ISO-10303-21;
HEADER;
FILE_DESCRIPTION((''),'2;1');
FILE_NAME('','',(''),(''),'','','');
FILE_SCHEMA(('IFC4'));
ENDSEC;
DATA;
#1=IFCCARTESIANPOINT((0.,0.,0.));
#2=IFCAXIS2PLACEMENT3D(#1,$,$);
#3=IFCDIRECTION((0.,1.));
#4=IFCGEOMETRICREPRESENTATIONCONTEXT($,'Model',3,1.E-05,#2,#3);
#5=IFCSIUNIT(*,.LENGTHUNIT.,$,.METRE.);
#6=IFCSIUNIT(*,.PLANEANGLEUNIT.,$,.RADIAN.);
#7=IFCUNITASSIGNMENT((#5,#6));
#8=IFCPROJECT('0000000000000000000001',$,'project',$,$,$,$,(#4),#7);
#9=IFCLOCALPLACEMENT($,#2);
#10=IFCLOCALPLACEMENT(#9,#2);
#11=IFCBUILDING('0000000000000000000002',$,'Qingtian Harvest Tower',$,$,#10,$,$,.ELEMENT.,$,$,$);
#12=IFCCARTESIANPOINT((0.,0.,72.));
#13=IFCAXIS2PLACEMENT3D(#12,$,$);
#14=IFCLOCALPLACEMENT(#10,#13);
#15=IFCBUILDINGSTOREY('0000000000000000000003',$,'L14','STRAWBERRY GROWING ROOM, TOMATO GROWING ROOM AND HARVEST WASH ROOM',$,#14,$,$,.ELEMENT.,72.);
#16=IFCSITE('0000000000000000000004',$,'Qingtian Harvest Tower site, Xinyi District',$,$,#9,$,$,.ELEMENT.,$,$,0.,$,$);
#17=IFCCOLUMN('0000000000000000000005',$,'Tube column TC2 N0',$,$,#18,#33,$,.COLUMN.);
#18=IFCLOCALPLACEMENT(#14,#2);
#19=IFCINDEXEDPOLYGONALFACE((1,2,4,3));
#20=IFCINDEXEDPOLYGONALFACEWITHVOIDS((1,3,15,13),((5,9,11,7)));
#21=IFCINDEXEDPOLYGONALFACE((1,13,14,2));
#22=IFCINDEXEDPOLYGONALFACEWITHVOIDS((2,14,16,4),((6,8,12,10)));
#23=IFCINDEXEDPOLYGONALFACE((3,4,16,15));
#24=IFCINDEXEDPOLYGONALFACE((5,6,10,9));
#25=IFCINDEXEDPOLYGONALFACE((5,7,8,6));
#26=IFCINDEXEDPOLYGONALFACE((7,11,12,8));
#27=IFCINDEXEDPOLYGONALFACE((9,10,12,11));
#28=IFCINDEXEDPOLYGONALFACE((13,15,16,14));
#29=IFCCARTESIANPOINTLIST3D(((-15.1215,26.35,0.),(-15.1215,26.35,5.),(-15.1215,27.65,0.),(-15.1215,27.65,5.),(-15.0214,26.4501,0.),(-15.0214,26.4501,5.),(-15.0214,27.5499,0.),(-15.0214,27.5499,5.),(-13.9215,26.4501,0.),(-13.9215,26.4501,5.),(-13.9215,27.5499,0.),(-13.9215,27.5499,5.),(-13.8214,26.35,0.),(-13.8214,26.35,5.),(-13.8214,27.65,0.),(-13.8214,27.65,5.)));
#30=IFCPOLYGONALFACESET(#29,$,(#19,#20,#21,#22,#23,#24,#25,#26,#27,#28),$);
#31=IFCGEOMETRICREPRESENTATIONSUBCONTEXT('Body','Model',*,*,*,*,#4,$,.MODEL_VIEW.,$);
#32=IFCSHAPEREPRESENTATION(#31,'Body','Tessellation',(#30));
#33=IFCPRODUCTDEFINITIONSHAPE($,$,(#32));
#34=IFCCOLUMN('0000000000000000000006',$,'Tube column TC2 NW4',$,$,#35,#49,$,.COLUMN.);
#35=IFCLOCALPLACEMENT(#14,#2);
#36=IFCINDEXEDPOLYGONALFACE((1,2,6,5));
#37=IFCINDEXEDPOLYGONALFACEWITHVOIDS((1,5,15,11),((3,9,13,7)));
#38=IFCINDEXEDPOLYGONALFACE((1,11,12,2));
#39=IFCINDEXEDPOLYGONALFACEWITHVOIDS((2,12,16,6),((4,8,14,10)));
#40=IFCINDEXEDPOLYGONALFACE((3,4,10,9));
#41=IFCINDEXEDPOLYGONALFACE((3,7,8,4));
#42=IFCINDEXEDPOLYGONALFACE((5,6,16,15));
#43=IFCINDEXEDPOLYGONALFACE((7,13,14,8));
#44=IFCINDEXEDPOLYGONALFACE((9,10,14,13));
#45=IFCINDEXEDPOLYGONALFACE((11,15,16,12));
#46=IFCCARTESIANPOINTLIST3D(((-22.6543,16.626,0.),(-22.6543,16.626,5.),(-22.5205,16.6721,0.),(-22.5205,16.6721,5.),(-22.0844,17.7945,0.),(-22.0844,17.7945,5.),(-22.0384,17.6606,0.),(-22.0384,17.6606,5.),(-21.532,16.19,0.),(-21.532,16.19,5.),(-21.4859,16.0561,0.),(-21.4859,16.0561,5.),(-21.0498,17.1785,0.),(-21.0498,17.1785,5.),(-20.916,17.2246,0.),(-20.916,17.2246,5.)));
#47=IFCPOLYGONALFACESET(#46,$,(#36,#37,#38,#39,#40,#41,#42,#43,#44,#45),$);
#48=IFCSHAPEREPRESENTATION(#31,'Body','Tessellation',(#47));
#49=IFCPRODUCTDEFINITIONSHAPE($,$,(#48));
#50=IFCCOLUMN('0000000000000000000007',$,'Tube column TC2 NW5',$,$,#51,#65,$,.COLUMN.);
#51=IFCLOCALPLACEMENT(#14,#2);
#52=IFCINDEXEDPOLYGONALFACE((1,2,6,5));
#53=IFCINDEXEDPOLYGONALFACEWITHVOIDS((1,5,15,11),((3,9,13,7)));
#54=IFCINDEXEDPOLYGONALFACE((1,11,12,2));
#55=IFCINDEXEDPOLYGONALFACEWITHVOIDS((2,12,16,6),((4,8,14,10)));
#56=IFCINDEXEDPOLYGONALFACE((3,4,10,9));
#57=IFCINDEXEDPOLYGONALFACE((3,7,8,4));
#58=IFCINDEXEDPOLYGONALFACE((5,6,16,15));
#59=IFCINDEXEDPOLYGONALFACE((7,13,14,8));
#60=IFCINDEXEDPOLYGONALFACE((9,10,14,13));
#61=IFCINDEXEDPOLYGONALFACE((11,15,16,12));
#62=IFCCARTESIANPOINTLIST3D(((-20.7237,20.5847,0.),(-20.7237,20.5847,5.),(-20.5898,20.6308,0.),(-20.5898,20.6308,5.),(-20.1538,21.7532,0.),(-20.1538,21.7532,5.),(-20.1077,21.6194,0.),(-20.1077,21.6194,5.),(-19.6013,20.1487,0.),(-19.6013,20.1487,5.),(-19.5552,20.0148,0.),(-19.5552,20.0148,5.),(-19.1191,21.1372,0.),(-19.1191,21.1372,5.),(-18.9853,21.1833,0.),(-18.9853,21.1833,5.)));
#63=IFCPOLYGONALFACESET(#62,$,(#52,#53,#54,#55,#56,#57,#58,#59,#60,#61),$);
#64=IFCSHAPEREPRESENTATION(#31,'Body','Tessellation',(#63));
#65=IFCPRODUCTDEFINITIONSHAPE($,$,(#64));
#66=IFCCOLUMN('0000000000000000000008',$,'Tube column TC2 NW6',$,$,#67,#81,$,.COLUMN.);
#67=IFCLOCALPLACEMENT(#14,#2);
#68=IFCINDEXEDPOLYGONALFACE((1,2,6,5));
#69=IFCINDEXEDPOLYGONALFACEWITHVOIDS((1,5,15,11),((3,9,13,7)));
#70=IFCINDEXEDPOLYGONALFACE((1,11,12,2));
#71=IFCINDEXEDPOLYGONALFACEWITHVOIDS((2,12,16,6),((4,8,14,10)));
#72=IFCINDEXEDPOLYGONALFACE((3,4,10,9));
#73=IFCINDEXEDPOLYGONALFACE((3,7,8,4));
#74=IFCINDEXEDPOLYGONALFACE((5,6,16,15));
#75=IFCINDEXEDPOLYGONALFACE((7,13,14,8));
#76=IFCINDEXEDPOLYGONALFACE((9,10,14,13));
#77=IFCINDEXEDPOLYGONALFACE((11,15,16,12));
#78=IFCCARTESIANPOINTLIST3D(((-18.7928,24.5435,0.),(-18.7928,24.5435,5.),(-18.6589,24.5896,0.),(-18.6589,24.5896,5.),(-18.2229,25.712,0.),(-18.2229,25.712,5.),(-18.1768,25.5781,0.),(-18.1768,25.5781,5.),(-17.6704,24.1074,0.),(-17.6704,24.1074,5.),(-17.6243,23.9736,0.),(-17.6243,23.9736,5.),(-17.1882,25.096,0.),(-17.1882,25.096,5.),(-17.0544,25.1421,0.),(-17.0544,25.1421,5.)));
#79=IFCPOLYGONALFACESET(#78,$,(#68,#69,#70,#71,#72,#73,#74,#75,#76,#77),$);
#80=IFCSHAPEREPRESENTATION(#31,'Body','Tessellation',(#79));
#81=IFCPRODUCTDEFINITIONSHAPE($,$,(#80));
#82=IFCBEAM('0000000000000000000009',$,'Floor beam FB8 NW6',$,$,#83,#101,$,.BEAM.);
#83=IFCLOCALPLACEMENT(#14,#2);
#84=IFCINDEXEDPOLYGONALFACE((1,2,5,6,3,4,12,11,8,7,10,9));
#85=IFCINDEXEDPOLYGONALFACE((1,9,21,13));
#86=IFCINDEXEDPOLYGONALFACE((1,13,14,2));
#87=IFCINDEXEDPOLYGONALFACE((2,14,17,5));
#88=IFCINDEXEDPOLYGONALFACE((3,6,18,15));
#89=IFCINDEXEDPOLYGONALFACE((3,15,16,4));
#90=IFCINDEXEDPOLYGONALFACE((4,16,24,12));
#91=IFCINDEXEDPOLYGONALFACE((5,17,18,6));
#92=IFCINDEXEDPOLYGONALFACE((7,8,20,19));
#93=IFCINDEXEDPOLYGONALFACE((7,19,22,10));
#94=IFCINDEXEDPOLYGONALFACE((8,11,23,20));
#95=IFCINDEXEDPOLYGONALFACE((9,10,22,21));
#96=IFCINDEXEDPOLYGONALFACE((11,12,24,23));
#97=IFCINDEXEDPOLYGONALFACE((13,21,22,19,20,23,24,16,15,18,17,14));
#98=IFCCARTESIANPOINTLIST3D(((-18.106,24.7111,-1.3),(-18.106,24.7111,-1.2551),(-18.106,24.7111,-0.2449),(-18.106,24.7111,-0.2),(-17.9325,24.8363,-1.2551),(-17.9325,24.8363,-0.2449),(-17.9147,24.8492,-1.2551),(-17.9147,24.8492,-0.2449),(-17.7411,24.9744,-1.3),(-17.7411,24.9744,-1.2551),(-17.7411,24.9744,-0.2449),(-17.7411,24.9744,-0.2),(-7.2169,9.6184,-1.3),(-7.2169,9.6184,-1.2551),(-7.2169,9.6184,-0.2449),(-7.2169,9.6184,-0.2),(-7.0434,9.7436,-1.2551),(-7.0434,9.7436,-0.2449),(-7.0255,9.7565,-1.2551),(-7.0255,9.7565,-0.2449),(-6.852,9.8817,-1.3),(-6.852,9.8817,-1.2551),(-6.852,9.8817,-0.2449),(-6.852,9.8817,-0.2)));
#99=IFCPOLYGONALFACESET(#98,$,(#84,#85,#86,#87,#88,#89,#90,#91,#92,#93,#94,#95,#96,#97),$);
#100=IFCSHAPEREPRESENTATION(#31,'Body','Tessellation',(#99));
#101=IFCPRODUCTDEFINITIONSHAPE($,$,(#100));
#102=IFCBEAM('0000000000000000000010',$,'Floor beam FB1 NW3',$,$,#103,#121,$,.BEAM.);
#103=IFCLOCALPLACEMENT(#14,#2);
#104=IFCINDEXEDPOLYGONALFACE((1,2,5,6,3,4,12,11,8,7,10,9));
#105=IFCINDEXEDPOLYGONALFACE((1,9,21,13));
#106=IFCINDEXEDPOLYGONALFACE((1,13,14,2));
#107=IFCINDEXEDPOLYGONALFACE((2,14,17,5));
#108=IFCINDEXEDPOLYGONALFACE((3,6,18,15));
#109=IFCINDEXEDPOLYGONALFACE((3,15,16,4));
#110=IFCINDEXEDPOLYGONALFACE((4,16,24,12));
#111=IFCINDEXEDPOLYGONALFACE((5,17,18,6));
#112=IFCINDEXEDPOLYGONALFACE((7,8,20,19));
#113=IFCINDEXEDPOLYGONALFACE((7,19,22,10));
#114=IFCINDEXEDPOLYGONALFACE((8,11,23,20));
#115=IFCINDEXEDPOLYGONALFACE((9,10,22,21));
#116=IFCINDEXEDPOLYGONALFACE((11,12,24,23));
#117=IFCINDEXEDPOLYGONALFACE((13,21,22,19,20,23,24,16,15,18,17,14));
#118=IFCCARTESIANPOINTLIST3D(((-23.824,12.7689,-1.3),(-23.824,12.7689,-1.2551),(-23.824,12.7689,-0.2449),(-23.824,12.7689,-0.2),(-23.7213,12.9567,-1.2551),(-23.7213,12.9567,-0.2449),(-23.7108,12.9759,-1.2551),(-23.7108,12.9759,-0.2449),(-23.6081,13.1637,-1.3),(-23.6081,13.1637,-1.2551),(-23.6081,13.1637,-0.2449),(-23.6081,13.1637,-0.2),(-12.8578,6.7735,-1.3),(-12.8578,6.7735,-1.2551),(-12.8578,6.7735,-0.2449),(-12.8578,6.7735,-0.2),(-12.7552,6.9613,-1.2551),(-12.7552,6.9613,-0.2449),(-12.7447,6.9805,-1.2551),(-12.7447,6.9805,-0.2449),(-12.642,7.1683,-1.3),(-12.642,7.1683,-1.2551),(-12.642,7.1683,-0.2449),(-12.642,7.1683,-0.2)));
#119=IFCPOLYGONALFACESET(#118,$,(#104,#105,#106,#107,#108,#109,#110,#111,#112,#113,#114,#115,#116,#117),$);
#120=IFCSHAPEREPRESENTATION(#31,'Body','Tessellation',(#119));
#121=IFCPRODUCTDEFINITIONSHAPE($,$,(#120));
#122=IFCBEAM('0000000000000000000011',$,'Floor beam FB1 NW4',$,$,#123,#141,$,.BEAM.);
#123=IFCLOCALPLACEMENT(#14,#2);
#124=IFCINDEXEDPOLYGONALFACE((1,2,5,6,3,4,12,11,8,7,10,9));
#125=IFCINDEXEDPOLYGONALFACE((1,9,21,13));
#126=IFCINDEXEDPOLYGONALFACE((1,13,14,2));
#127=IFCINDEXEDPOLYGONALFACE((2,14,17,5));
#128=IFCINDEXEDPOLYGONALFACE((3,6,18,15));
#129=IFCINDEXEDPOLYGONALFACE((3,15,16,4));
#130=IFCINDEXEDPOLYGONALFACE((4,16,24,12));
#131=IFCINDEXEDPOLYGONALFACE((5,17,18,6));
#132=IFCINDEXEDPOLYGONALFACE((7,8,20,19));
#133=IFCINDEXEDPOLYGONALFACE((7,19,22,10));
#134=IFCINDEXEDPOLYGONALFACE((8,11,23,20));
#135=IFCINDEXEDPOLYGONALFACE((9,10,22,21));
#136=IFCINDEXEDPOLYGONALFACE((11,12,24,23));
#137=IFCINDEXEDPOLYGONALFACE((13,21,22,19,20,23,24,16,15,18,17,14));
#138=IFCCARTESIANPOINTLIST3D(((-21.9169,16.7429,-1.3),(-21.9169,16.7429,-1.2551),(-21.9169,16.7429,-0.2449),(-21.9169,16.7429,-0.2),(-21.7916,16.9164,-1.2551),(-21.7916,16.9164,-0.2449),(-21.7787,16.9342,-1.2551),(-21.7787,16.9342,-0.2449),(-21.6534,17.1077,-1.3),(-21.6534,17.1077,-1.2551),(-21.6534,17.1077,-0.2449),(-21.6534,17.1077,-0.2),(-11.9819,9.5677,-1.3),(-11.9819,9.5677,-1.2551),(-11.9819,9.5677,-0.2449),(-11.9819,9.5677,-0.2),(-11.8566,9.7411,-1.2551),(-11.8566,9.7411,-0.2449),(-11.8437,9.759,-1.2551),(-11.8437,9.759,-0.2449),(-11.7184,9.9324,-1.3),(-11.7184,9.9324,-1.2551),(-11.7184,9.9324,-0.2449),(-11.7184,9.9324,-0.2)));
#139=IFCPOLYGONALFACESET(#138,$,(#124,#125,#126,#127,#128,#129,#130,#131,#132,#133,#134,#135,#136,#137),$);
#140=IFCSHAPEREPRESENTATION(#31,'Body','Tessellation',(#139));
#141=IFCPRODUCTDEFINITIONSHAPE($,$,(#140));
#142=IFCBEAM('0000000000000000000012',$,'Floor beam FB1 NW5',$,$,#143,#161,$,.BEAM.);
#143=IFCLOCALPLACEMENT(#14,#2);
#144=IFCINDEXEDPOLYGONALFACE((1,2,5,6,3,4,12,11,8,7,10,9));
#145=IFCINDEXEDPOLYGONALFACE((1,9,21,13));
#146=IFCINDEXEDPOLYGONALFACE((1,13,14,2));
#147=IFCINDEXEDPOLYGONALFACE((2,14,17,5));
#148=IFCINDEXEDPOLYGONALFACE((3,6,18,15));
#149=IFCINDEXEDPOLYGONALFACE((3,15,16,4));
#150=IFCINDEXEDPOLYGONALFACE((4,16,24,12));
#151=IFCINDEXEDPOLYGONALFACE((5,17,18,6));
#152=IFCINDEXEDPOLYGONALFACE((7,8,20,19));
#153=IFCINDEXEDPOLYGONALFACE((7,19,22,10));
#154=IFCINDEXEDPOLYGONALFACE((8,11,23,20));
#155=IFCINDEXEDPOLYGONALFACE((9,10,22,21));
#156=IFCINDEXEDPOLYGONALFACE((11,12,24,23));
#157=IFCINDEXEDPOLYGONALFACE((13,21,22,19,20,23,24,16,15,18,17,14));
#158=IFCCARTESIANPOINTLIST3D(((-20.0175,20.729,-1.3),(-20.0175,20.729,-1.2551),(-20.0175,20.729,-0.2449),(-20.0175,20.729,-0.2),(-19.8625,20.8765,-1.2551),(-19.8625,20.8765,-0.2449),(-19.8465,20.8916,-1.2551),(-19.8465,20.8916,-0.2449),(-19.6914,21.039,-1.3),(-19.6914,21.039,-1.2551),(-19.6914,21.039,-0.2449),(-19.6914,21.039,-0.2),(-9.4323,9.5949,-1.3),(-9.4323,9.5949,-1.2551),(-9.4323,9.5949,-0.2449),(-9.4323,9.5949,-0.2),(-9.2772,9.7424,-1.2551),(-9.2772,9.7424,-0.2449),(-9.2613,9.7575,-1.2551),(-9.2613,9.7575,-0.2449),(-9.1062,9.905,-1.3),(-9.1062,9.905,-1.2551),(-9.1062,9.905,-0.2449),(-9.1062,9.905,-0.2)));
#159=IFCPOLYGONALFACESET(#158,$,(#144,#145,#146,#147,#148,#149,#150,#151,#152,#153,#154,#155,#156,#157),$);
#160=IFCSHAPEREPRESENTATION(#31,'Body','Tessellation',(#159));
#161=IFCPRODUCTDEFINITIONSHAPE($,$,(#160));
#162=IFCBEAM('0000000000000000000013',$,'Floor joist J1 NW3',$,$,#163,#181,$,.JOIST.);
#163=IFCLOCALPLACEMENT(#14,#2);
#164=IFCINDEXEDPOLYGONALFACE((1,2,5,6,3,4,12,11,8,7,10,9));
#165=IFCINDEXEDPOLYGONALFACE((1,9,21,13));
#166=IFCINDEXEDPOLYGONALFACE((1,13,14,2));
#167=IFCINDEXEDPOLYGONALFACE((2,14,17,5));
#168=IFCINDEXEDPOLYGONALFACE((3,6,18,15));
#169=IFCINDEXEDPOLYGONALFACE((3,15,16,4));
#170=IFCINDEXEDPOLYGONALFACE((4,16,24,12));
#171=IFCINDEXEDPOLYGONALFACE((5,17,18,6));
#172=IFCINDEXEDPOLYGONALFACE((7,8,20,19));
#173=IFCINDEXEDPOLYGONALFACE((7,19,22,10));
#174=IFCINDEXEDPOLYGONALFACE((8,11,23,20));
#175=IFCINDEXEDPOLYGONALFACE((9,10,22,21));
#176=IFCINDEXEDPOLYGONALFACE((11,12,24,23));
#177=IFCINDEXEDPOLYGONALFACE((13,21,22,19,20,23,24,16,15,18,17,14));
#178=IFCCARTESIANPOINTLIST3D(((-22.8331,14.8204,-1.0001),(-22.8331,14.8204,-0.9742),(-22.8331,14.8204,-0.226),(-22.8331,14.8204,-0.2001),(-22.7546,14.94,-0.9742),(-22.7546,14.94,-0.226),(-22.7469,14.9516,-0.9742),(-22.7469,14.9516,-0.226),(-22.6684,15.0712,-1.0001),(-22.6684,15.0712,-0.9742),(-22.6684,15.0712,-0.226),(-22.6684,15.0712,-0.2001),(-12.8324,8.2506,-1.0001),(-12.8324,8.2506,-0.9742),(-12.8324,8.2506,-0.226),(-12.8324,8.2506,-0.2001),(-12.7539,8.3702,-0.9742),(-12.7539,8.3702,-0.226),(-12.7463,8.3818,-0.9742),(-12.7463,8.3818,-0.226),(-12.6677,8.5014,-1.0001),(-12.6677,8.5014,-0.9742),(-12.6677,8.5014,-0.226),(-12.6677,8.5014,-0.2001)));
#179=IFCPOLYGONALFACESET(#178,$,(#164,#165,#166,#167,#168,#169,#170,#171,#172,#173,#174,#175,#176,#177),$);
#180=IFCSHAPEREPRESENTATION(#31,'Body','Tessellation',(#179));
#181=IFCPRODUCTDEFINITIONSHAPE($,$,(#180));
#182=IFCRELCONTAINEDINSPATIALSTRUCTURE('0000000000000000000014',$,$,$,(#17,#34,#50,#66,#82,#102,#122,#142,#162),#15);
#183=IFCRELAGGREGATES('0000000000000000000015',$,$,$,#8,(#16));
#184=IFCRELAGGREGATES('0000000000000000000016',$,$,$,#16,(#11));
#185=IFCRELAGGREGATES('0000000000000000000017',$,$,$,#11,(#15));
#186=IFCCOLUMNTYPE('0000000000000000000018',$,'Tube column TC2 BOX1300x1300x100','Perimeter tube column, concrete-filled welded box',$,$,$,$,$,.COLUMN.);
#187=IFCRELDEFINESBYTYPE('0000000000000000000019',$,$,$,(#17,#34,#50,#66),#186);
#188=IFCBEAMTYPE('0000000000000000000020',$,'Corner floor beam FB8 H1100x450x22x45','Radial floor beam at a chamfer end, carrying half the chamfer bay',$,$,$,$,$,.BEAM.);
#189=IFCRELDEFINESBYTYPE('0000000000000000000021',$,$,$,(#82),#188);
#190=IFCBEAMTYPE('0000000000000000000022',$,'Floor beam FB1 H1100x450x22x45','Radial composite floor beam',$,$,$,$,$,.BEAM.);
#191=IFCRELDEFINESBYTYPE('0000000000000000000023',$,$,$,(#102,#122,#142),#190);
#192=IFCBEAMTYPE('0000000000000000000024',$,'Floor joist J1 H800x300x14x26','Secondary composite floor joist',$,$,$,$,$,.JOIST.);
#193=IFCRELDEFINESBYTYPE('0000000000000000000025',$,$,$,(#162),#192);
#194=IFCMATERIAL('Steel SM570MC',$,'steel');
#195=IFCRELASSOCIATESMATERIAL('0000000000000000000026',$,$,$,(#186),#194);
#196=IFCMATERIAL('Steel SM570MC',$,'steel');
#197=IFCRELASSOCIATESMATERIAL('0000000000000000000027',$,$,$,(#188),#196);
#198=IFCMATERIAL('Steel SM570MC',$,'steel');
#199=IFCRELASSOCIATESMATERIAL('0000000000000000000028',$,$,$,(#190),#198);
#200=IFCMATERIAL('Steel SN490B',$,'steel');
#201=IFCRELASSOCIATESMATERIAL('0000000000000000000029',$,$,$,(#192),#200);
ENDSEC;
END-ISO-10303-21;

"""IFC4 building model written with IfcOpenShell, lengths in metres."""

from ifc_helpers import new_model, si_unit, direction, frame, origin, origin_2d, place, context, subcontext, project, spatial, hollow_rectangle, i_section, extrude, material, material_profile, profile_set, type_object, element, save


model = new_model("IFC4")

# Units and contexts
model_context = context("Model", 3, precision=1e-05, world=origin(), true_north=direction((0.0, 1.0)))
body_context = subcontext(model_context, "Body", "Model", "MODEL_VIEW")
ifc_project = project(units=[si_unit("LENGTHUNIT", "METRE"), si_unit("PLANEANGLEUNIT", "RADIAN")], contexts=[model_context])

# Site, building, storey
site_placement = place(None, origin())
site = spatial("IfcSite", under=ifc_project, at=site_placement, Name="Qingtian Harvest Tower site, Xinyi District", CompositionType="ELEMENT", RefElevation=0.0)
building_placement = place(site_placement, origin())
building = spatial("IfcBuilding", under=site, at=building_placement, Name="Qingtian Harvest Tower", CompositionType="ELEMENT")
storey_placement = place(building_placement, frame((0.0, 0.0, 72.0)))
storey = spatial("IfcBuildingStorey", under=building, at=storey_placement, Name="L14", Description="STRAWBERRY GROWING ROOM, TOMATO GROWING ROOM AND HARVEST WASH ROOM", CompositionType="ELEMENT", Elevation=72.0)

# Columns
ifc_material_1 = material(Name="Steel SM570MC", Category="steel")
ifc_material_profile_1 = material_profile(ifc_material_1, hollow_rectangle(XDim=1.3, YDim=1.3, WallThickness=0.1001, at=origin_2d()), Name="BOX1300x1300x100")
ifc_profile_set_1 = profile_set([ifc_material_profile_1], Name="Steel SM570MC")
column_type = type_object("IfcColumnType", Name="Tube column TC2 BOX1300x1300x100", Description="Perimeter tube column, concrete-filled welded box", PredefinedType="COLUMN", material=ifc_profile_set_1)
for number, where, z_axis, x_axis, name in (
    (1, (-14.4714, 27.0, 0.0), (0.0, 0.0, 1.0), (-1.0, 0.0, 0.0), "Tube column TC2 N0"),
    (2, (-21.7852, 16.9253, 0.0), (0.0, 0.0, 1.0), (-0.438371, -0.898794, 0.0), "Tube column TC2 NW4"),
    (3, (-19.8545, 20.884, 0.0), (0.0, 0.0, 1.0), (-0.438371, -0.898794, 0.0), "Tube column TC2 NW5"),
    (4, (-17.9236, 24.8428, 0.0), (0.0, 0.0, 1.0), (-0.438371, -0.898794, 0.0), "Tube column TC2 NW6"),
):
    element("IfcColumn", number, at=place(storey_placement, frame(where, z_axis=z_axis, x_axis=x_axis)), inside=storey, type_object=column_type, Name=name, PredefinedType="COLUMN", context=body_context, shape_type="SweptSolid", body=[
        extrude(hollow_rectangle(XDim=1.3, YDim=1.3, WallThickness=0.1001, at=origin_2d()), origin(), (0.0, 0.0, 1.0), 5.0),
    ])

# Beams
ifc_material_2 = material(Name="Steel SM570MC", Category="steel")
ifc_material_profile_2 = material_profile(ifc_material_2, i_section(OverallWidth=0.45, OverallDepth=1.1001, WebThickness=0.022, FlangeThickness=0.0449, at=origin_2d()), Name="H1100x450x22x45")
ifc_profile_set_2 = profile_set([ifc_material_profile_2], Name="Steel SM570MC")
beam_type_1 = type_object("IfcBeamType", Name="Corner floor beam FB8 H1100x450x22x45", Description="Radial floor beam at a chamfer end, carrying half the chamfer bay", PredefinedType="BEAM", material=ifc_profile_set_2)
beam_1_placement = place(storey_placement, frame((-17.9236, 24.8428, -0.75), z_axis=(0.585096, -0.810964, 0.0), x_axis=(0.810964, 0.585096, 0.0)))
element("IfcBeam", 5, at=beam_1_placement, inside=storey, type_object=beam_type_1, Name="Floor beam FB8 NW6", PredefinedType="BEAM", context=body_context, shape_type="SweptSolid", body=[
    extrude(i_section(OverallWidth=0.45, OverallDepth=1.1001, WebThickness=0.022, FlangeThickness=0.0449, at=origin_2d()), origin(), (0.0, 0.0, 1.0), 18.6108),
])
ifc_material_3 = material(Name="Steel SM570MC", Category="steel")
ifc_material_profile_3 = material_profile(ifc_material_3, i_section(OverallWidth=0.45, OverallDepth=1.1001, WebThickness=0.022, FlangeThickness=0.0449, at=origin_2d()), Name="H1100x450x22x45")
ifc_profile_set_3 = profile_set([ifc_material_profile_3], Name="Steel SM570MC")
beam_type_2 = type_object("IfcBeamType", Name="Floor beam FB1 H1100x450x22x45", Description="Radial composite floor beam", PredefinedType="BEAM", material=ifc_profile_set_3)
beam_2_placement = place(storey_placement, frame((-23.7161, 12.9663, -0.75), z_axis=(0.877429, -0.479707, 0.0), x_axis=(0.479707, 0.877429, 0.0)))
element("IfcBeam", 6, at=beam_2_placement, inside=storey, type_object=beam_type_2, Name="Floor beam FB1 NW3", PredefinedType="BEAM", context=body_context, shape_type="SweptSolid", body=[
    extrude(i_section(OverallWidth=0.45, OverallDepth=1.1001, WebThickness=0.022, FlangeThickness=0.0449, at=origin_2d()), origin(), (0.0, 0.0, 1.0), 12.498),
])
beam_3_placement = place(storey_placement, frame((-21.7852, 16.9253, -0.75), z_axis=(0.81068, -0.585489, 0.0), x_axis=(0.585489, 0.81068, 0.0)))
element("IfcBeam", 7, at=beam_3_placement, inside=storey, type_object=beam_type_2, Name="Floor beam FB1 NW4", PredefinedType="BEAM", context=body_context, shape_type="SweptSolid", body=[
    extrude(i_section(OverallWidth=0.45, OverallDepth=1.1001, WebThickness=0.022, FlangeThickness=0.0449, at=origin_2d()), origin(), (0.0, 0.0, 1.0), 12.2551),
])
beam_4_placement = place(storey_placement, frame((-19.8545, 20.884, -0.75), z_axis=(0.689019, -0.724743, 0.0), x_axis=(0.724743, 0.689019, 0.0)))
element("IfcBeam", 8, at=beam_4_placement, inside=storey, type_object=beam_type_2, Name="Floor beam FB1 NW5", PredefinedType="BEAM", context=body_context, shape_type="SweptSolid", body=[
    extrude(i_section(OverallWidth=0.45, OverallDepth=1.1001, WebThickness=0.022, FlangeThickness=0.0449, at=origin_2d()), origin(), (0.0, 0.0, 1.0), 15.3628),
])
ifc_material_4 = material(Name="Steel SN490B", Category="steel")
ifc_material_profile_4 = material_profile(ifc_material_4, i_section(OverallWidth=0.3, OverallDepth=0.8, WebThickness=0.0139, FlangeThickness=0.0259, at=origin_2d()), Name="H800x300x14x26")
ifc_profile_set_4 = profile_set([ifc_material_profile_4], Name="Steel SN490B")
beam_type_3 = type_object("IfcBeamType", Name="Floor joist J1 H800x300x14x26", Description="Secondary composite floor joist", PredefinedType="JOIST", material=ifc_profile_set_4)
beam_5_placement = place(storey_placement, frame((-22.7507, 14.9458, -0.6001), z_axis=(0.835785, -0.549056, 0.0), x_axis=(0.549056, 0.835785, 0.0)))
element("IfcBeam", 9, at=beam_5_placement, inside=storey, type_object=beam_type_3, Name="Floor joist J1 NW3", PredefinedType="JOIST", context=body_context, shape_type="SweptSolid", body=[
    extrude(i_section(OverallWidth=0.3, OverallDepth=0.8, WebThickness=0.0139, FlangeThickness=0.0259, at=origin_2d()), origin(), (0.0, 0.0, 1.0), 11.9656),
])

save(model, "model.ifc")
